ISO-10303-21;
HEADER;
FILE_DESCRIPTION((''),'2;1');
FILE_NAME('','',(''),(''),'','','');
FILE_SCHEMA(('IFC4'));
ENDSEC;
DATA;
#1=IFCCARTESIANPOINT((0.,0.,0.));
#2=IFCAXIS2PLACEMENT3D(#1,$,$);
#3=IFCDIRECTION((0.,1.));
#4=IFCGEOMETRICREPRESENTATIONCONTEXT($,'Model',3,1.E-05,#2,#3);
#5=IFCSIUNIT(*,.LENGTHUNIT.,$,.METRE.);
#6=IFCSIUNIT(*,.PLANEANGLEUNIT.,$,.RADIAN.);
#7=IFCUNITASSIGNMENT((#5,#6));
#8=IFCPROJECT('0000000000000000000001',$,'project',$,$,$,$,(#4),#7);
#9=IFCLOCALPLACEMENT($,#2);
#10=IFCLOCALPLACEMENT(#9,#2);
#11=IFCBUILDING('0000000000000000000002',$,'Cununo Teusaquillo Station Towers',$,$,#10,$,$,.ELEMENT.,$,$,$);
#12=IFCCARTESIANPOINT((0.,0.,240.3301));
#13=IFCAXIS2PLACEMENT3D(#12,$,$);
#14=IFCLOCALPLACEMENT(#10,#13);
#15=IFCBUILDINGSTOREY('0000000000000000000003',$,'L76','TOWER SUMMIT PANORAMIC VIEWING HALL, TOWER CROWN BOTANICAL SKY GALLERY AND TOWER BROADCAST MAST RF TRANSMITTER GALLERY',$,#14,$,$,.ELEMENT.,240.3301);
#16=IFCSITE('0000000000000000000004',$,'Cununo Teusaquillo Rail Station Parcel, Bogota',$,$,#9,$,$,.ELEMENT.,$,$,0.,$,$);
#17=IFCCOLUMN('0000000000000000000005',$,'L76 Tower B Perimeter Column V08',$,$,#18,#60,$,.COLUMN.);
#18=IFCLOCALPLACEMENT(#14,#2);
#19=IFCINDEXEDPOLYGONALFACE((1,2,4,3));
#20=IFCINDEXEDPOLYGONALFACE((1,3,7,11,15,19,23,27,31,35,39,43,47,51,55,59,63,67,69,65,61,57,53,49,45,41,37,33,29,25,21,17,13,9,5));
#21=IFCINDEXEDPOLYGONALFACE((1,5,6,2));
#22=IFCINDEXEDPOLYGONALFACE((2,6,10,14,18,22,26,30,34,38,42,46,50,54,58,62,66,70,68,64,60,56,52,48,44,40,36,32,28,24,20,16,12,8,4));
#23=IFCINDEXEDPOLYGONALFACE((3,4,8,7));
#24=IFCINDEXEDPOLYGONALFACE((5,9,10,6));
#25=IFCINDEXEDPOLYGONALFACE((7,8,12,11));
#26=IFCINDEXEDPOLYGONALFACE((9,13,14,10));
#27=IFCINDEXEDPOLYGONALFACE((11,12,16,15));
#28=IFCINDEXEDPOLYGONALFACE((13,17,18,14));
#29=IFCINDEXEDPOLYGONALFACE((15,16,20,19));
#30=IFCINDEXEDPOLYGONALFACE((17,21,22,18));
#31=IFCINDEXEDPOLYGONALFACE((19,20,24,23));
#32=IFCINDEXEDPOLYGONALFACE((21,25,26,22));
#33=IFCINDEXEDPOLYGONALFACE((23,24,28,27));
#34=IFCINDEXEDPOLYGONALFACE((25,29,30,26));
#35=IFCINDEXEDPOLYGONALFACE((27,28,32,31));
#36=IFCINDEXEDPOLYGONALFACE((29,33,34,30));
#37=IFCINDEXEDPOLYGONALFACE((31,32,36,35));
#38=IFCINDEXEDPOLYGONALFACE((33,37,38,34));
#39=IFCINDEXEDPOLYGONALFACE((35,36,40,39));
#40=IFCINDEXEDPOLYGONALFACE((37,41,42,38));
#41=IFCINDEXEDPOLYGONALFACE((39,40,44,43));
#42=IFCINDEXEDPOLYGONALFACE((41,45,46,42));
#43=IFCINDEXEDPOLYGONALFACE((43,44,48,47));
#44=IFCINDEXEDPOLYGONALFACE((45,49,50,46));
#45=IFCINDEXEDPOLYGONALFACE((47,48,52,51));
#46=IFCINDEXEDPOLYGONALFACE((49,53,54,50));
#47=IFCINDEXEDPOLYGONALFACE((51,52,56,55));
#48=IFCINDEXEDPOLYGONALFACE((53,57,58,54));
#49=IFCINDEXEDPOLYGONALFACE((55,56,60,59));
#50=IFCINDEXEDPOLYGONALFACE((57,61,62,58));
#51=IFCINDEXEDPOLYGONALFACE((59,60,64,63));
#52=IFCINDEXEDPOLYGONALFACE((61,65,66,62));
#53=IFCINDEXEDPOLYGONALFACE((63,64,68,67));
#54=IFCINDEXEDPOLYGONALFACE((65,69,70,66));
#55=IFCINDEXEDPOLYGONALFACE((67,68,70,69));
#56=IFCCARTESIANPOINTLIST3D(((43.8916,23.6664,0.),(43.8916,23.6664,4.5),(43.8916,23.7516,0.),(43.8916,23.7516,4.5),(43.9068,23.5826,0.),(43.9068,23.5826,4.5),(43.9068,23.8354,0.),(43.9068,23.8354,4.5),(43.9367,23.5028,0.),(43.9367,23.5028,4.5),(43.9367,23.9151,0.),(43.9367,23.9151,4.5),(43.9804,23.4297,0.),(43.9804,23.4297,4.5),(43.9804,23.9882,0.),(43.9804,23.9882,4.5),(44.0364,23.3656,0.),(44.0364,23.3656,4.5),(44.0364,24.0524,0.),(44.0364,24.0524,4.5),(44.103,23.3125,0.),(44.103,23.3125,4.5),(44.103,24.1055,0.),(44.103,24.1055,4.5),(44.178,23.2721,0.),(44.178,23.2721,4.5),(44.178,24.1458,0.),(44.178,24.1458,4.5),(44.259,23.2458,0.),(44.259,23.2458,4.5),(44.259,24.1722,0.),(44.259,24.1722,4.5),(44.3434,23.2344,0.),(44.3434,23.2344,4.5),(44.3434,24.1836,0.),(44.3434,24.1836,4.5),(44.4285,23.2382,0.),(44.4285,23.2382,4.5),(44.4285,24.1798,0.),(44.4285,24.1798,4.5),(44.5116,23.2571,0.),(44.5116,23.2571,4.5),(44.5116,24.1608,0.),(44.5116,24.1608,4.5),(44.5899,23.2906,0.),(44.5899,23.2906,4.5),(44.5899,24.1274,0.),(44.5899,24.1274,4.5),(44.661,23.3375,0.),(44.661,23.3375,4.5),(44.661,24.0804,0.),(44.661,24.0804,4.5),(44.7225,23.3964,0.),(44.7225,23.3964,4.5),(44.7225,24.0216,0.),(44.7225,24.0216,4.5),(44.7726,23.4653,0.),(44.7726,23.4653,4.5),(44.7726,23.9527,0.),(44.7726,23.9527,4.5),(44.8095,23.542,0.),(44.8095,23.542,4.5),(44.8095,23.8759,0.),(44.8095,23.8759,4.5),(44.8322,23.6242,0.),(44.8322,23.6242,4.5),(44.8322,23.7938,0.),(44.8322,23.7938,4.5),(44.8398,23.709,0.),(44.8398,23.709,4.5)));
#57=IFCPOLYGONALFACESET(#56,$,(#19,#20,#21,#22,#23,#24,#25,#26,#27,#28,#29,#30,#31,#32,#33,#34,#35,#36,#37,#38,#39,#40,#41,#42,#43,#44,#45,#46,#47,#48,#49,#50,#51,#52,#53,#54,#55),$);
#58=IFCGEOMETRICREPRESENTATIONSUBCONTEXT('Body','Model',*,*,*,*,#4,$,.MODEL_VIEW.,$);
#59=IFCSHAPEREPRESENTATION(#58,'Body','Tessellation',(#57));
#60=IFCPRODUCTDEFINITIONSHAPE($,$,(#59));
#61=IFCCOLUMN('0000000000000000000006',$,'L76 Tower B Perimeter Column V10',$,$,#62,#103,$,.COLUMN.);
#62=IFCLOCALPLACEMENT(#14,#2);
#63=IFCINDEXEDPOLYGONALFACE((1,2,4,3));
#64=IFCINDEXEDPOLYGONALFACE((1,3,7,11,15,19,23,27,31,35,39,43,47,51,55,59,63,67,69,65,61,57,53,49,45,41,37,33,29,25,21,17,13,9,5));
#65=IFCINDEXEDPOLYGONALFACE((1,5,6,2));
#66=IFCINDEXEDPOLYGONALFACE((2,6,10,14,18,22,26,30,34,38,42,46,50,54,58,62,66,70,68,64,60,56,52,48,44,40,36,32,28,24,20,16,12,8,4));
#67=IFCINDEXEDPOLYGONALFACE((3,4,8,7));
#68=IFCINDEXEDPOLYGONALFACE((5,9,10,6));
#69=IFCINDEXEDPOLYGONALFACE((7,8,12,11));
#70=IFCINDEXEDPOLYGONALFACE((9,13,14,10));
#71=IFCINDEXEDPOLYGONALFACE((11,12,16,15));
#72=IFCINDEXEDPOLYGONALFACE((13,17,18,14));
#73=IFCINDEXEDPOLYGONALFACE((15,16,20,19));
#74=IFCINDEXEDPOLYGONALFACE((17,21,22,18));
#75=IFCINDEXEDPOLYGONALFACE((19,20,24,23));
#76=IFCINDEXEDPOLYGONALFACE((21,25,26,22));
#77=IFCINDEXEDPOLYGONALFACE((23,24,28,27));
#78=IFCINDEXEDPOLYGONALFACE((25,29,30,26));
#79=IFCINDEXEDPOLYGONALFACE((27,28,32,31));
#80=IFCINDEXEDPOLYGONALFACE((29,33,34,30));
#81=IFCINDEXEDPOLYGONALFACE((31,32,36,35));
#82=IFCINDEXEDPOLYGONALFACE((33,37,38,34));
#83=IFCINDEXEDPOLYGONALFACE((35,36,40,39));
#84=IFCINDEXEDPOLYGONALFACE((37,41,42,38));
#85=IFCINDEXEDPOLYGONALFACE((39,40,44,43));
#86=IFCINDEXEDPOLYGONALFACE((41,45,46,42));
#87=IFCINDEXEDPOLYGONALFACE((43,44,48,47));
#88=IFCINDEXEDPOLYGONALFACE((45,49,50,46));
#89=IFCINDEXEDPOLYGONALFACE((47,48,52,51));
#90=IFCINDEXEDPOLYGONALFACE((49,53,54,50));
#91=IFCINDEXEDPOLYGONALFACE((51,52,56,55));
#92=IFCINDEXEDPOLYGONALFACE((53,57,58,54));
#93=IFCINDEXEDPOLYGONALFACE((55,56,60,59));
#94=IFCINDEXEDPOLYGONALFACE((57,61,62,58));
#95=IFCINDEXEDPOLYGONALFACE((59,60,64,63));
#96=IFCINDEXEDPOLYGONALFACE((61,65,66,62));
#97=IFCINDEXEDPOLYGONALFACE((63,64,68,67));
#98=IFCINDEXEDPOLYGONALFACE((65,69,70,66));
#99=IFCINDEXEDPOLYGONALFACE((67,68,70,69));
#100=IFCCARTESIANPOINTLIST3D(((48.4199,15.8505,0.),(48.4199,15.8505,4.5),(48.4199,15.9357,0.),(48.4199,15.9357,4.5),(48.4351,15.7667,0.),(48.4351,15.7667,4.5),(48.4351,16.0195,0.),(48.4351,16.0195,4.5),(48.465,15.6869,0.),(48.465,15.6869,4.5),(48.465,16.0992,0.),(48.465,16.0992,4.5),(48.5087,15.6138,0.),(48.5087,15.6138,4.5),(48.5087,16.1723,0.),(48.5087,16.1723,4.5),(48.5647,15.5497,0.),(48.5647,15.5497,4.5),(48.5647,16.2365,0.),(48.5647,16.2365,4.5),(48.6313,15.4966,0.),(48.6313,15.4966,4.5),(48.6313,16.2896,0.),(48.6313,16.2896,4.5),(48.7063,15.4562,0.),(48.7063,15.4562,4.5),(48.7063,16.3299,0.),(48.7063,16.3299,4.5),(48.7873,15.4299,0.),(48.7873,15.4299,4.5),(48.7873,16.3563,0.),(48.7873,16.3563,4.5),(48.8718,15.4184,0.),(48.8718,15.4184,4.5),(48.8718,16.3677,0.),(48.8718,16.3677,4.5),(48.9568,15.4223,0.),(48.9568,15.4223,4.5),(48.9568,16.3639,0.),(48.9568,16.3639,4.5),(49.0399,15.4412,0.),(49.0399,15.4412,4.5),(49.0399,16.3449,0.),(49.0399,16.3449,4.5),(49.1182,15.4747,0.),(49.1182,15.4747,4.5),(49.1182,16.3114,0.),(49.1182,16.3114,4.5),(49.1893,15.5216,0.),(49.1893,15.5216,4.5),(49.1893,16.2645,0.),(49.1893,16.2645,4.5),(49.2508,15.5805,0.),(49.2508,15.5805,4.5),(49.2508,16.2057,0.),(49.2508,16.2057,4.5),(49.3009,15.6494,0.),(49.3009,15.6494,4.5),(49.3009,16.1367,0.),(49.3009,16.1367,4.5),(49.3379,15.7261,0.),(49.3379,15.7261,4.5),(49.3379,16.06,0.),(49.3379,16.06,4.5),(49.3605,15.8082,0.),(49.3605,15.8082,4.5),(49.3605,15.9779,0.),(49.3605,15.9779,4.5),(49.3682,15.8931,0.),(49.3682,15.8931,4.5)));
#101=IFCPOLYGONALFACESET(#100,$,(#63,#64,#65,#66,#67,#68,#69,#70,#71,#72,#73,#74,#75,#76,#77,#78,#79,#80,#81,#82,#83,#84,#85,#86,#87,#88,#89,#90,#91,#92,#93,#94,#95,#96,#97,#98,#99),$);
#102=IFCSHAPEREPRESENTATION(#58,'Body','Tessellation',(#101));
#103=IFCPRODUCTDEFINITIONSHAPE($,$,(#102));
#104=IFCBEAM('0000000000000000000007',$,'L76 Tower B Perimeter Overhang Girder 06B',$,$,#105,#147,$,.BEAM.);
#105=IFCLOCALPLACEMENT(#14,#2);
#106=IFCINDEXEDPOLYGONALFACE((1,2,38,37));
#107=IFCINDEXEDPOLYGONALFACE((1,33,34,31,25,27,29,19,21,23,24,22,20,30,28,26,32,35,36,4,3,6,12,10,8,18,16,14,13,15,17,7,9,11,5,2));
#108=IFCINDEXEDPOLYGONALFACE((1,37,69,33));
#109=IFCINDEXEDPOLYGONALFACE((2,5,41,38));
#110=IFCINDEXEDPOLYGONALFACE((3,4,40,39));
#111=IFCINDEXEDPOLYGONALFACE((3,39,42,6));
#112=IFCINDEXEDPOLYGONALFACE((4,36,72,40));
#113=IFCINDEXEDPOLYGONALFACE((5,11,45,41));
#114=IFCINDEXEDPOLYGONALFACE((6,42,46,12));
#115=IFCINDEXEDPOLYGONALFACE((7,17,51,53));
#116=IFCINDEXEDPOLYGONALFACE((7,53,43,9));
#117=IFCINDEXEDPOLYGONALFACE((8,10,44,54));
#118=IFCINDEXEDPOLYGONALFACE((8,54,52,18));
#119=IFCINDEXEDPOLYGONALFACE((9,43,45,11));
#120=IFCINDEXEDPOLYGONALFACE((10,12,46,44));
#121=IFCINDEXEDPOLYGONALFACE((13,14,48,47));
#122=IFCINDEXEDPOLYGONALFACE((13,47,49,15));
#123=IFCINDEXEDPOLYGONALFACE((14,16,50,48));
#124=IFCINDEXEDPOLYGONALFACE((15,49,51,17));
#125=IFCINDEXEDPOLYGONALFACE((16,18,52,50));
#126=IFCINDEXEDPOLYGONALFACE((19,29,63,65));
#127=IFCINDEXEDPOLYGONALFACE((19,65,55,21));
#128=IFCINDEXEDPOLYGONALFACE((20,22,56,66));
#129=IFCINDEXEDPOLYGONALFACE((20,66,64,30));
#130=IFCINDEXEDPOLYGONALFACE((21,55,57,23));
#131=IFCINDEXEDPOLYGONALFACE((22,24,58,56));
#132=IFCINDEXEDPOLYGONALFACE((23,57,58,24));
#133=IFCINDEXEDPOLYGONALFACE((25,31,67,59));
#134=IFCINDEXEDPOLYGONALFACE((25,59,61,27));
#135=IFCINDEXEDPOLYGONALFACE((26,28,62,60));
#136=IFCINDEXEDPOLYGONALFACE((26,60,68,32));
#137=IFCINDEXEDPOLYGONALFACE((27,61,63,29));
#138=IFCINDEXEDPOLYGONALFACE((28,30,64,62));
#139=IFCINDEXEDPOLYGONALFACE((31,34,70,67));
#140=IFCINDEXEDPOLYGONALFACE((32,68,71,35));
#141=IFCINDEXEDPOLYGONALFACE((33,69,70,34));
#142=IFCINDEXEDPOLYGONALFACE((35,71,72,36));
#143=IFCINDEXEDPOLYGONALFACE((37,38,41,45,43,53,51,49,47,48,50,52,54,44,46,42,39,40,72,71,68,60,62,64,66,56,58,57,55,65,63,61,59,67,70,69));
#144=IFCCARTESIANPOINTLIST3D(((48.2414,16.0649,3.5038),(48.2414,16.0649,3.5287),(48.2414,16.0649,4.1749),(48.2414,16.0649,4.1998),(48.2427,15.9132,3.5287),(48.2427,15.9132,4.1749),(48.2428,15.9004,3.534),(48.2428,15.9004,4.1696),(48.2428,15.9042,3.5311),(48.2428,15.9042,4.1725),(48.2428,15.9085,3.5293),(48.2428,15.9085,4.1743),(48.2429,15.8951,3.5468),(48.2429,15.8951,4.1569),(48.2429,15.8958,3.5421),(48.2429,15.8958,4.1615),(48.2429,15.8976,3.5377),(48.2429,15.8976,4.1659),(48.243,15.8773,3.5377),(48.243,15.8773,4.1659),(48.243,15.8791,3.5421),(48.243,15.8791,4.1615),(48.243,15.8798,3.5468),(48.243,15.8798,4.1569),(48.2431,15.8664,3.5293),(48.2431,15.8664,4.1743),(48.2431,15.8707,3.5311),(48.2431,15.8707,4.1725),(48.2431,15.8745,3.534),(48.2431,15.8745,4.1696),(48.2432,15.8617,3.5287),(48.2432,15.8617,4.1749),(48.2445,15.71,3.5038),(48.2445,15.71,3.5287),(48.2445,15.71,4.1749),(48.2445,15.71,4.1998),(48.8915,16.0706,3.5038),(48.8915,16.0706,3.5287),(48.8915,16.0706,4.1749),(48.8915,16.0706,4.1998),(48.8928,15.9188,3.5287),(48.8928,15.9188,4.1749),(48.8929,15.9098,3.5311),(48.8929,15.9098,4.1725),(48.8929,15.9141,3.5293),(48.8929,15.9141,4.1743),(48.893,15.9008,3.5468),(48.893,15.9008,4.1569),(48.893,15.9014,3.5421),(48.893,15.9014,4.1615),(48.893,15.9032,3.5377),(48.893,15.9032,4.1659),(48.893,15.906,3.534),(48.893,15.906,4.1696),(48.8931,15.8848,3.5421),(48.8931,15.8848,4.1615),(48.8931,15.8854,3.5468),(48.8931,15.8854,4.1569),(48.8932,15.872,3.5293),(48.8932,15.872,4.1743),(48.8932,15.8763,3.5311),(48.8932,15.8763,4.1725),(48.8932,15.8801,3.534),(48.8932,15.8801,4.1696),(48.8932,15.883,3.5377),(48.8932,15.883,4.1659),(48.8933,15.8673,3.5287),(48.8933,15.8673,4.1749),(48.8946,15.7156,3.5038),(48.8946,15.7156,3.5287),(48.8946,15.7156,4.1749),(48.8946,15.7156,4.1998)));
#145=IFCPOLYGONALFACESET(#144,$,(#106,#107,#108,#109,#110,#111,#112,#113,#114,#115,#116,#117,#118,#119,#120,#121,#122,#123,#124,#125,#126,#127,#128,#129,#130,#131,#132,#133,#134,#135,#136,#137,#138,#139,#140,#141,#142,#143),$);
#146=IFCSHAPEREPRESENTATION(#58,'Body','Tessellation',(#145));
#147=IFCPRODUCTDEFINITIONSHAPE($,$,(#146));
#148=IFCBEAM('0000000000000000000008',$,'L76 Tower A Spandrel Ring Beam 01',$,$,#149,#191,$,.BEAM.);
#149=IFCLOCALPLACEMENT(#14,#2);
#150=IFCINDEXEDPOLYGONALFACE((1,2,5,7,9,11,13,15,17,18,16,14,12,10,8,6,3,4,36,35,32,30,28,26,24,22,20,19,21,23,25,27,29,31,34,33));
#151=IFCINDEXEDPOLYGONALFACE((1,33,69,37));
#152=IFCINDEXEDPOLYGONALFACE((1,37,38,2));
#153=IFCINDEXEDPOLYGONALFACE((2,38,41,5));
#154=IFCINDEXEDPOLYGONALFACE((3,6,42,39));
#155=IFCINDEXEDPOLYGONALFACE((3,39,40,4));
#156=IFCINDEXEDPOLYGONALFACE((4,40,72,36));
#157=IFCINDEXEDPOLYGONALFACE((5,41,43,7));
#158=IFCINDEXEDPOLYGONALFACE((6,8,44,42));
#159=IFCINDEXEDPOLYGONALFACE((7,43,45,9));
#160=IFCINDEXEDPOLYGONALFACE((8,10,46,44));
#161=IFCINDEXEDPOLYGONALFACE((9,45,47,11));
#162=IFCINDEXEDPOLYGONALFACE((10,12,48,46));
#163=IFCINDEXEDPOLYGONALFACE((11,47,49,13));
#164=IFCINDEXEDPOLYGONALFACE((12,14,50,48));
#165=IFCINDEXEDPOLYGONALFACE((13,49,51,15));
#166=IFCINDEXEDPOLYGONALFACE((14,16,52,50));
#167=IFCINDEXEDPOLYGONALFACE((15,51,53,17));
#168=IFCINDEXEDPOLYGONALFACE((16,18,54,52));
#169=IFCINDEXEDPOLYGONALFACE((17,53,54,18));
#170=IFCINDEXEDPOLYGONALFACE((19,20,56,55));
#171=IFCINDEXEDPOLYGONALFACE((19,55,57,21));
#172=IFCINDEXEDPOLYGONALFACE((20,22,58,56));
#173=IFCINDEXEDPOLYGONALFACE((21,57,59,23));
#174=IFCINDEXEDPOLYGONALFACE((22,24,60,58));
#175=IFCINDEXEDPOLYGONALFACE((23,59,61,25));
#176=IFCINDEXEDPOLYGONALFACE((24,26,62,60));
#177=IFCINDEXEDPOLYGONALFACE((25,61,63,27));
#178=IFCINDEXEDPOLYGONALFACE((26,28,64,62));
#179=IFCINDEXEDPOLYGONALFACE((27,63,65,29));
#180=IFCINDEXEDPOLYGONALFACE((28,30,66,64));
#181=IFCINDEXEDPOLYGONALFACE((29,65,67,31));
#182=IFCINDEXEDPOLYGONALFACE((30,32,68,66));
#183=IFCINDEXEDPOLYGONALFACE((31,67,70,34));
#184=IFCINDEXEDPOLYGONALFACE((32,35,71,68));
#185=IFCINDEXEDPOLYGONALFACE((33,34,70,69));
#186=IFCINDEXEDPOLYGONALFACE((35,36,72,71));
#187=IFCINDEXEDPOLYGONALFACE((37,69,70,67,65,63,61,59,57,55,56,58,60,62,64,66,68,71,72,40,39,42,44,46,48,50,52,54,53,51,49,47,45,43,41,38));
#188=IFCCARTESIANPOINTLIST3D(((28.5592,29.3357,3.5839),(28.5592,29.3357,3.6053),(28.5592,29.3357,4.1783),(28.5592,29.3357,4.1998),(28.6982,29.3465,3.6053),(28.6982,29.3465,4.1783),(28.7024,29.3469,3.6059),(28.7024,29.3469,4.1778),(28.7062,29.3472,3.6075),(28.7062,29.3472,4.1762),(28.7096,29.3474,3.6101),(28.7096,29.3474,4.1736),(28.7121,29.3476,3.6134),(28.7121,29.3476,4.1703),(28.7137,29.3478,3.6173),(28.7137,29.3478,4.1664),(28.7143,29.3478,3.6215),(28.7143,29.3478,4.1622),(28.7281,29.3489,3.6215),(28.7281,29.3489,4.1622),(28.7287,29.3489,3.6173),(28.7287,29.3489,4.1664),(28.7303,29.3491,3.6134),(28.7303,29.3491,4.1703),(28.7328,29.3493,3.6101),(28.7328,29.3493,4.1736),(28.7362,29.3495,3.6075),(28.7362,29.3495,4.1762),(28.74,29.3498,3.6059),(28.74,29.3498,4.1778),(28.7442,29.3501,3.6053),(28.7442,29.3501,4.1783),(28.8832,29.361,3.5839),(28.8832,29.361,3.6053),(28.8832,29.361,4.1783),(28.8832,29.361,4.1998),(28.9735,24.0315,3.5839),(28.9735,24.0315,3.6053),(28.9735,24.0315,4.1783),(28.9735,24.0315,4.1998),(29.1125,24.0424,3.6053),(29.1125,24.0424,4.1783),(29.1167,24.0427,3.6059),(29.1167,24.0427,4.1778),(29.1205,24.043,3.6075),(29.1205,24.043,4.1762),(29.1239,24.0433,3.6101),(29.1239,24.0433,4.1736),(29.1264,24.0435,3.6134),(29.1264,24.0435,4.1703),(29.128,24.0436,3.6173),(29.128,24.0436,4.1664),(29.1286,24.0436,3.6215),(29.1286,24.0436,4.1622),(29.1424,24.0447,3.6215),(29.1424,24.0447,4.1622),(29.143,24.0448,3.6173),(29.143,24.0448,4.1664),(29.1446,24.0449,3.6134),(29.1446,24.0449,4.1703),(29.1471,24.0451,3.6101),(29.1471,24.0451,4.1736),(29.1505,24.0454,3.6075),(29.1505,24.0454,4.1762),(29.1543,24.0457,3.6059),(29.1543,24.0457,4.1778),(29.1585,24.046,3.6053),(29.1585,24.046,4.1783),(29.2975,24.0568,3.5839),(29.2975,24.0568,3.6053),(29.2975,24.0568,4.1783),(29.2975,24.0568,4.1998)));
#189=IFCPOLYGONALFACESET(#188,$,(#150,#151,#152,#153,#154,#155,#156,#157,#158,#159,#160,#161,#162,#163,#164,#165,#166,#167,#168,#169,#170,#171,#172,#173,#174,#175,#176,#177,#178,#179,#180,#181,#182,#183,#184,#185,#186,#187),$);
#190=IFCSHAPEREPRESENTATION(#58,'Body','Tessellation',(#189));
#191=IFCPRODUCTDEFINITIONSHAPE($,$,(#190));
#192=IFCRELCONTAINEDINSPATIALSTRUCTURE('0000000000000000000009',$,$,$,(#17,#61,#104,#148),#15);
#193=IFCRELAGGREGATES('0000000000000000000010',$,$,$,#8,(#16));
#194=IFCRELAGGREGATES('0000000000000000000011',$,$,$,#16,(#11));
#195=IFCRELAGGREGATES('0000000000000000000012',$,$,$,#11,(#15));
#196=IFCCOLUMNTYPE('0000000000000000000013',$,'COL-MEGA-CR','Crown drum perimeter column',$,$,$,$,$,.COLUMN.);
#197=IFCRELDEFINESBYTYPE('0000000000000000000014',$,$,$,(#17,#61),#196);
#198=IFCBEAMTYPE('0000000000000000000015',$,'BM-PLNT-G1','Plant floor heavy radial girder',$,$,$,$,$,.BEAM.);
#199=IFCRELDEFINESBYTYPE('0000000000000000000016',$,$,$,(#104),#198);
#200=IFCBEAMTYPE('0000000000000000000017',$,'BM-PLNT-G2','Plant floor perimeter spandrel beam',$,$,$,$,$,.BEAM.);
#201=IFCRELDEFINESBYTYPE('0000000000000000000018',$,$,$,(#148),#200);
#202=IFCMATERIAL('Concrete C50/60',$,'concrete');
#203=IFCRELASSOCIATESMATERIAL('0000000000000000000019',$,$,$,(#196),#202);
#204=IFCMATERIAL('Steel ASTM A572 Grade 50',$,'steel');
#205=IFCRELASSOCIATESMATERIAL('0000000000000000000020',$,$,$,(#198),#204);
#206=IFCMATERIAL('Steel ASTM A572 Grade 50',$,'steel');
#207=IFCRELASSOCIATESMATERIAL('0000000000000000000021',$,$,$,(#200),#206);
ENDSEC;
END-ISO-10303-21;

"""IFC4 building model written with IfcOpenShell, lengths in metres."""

from ifc_helpers import new_model, si_unit, direction, frame, origin, origin_2d, place, context, subcontext, project, spatial, circle, i_section, extrude, material, material_profile, profile_set, type_object, element, save


model = new_model("IFC4")

# Units and contexts
model_context = context("Model", 3, precision=1e-05, world=origin(), true_north=direction((0.0, 1.0)))
body_context = subcontext(model_context, "Body", "Model", "MODEL_VIEW")
ifc_project = project(units=[si_unit("LENGTHUNIT", "METRE"), si_unit("PLANEANGLEUNIT", "RADIAN")], contexts=[model_context])

# Site, building, storey
site_placement = place(None, origin())
site = spatial("IfcSite", under=ifc_project, at=site_placement, Name="Cununo Teusaquillo Rail Station Parcel, Bogota", CompositionType="ELEMENT", RefElevation=0.0)
building_placement = place(site_placement, origin())
building = spatial("IfcBuilding", under=site, at=building_placement, Name="Cununo Teusaquillo Station Towers", CompositionType="ELEMENT")
storey_placement = place(building_placement, frame((0.0, 0.0, 240.3301)))
storey = spatial("IfcBuildingStorey", under=building, at=storey_placement, Name="L76", Description="TOWER SUMMIT PANORAMIC VIEWING HALL, TOWER CROWN BOTANICAL SKY GALLERY AND TOWER BROADCAST MAST RF TRANSMITTER GALLERY", CompositionType="ELEMENT", Elevation=240.3301)

# Columns
ifc_material_1 = material(Name="Concrete C50/60", Category="concrete")
ifc_material_profile_1 = material_profile(ifc_material_1, circle(Radius=0.4751, at=origin_2d()), Name="RC-CIRC-950")
ifc_profile_set_1 = profile_set([ifc_material_profile_1], Name="Concrete C50/60")
column_type = type_object("IfcColumnType", Name="COL-MEGA-CR", Description="Crown drum perimeter column", PredefinedType="COLUMN", material=ifc_profile_set_1)
for number, where, z_axis, x_axis, name in (
    (1, (44.3647, 23.709, 0.0), (0.0, 0.0, 1.0), (1.0, 0.0, 0.0), "L76 Tower B Perimeter Column V08"),
    (2, (48.8931, 15.8931, 0.0), (0.0, 0.0, 1.0), (1.0, 0.0, 0.0), "L76 Tower B Perimeter Column V10"),
):
    element("IfcColumn", number, at=place(storey_placement, frame(where, z_axis=z_axis, x_axis=x_axis)), inside=storey, type_object=column_type, Name=name, PredefinedType="COLUMN", context=body_context, shape_type="SweptSolid", body=[
        extrude(circle(Radius=0.4751, at=origin_2d()), origin(), (0.0, 0.0, 1.0), 4.5),
    ])

# Beams
ifc_material_2 = material(Name="Steel ASTM A572 Grade 50", Category="steel")
ifc_material_profile_2 = material_profile(ifc_material_2, i_section(OverallWidth=0.355, OverallDepth=0.696, WebThickness=0.0154, FlangeThickness=0.0249, FilletRadius=0.0181, at=origin_2d()), Name="W27X146")
ifc_profile_set_2 = profile_set([ifc_material_profile_2], Name="Steel ASTM A572 Grade 50")
beam_type_1 = type_object("IfcBeamType", Name="BM-PLNT-G1", Description="Plant floor heavy radial girder", PredefinedType="BEAM", material=ifc_profile_set_2)
beam_1_placement = place(storey_placement, frame((48.8931, 15.8931, 3.8518), z_axis=(-0.999963, -0.008637, 0.0), x_axis=(0.008637, -0.999963, 0.0)))
element("IfcBeam", 3, at=beam_1_placement, inside=storey, type_object=beam_type_1, Name="L76 Tower B Perimeter Overhang Girder 06B", PredefinedType="BEAM", context=body_context, shape_type="SweptSolid", body=[
    extrude(i_section(OverallWidth=0.355, OverallDepth=0.696, WebThickness=0.0154, FlangeThickness=0.0249, FilletRadius=0.0181, at=origin_2d()), origin(), (0.0, 0.0, 1.0), 0.6501),
])
ifc_material_3 = material(Name="Steel ASTM A572 Grade 50", Category="steel")
ifc_material_profile_3 = material_profile(ifc_material_3, i_section(OverallWidth=0.325, OverallDepth=0.616, WebThickness=0.0139, FlangeThickness=0.0215, FilletRadius=0.0161, at=origin_2d()), Name="W24X117")
ifc_profile_set_3 = profile_set([ifc_material_profile_3], Name="Steel ASTM A572 Grade 50")
beam_type_2 = type_object("IfcBeamType", Name="BM-PLNT-G2", Description="Plant floor perimeter spandrel beam", PredefinedType="BEAM", material=ifc_profile_set_3)
beam_2_placement = place(storey_placement, frame((29.1355, 24.0442, 3.8918), z_axis=(-0.077872, 0.996963, 0.0), x_axis=(-0.996963, -0.077872, 0.0)))
element("IfcBeam", 4, at=beam_2_placement, inside=storey, type_object=beam_type_2, Name="L76 Tower A Spandrel Ring Beam 01", PredefinedType="BEAM", context=body_context, shape_type="SweptSolid", body=[
    extrude(i_section(OverallWidth=0.325, OverallDepth=0.616, WebThickness=0.0139, FlangeThickness=0.0215, FilletRadius=0.0161, at=origin_2d()), origin(), (0.0, 0.0, 1.0), 5.3203),
])

save(model, "model.ifc")
